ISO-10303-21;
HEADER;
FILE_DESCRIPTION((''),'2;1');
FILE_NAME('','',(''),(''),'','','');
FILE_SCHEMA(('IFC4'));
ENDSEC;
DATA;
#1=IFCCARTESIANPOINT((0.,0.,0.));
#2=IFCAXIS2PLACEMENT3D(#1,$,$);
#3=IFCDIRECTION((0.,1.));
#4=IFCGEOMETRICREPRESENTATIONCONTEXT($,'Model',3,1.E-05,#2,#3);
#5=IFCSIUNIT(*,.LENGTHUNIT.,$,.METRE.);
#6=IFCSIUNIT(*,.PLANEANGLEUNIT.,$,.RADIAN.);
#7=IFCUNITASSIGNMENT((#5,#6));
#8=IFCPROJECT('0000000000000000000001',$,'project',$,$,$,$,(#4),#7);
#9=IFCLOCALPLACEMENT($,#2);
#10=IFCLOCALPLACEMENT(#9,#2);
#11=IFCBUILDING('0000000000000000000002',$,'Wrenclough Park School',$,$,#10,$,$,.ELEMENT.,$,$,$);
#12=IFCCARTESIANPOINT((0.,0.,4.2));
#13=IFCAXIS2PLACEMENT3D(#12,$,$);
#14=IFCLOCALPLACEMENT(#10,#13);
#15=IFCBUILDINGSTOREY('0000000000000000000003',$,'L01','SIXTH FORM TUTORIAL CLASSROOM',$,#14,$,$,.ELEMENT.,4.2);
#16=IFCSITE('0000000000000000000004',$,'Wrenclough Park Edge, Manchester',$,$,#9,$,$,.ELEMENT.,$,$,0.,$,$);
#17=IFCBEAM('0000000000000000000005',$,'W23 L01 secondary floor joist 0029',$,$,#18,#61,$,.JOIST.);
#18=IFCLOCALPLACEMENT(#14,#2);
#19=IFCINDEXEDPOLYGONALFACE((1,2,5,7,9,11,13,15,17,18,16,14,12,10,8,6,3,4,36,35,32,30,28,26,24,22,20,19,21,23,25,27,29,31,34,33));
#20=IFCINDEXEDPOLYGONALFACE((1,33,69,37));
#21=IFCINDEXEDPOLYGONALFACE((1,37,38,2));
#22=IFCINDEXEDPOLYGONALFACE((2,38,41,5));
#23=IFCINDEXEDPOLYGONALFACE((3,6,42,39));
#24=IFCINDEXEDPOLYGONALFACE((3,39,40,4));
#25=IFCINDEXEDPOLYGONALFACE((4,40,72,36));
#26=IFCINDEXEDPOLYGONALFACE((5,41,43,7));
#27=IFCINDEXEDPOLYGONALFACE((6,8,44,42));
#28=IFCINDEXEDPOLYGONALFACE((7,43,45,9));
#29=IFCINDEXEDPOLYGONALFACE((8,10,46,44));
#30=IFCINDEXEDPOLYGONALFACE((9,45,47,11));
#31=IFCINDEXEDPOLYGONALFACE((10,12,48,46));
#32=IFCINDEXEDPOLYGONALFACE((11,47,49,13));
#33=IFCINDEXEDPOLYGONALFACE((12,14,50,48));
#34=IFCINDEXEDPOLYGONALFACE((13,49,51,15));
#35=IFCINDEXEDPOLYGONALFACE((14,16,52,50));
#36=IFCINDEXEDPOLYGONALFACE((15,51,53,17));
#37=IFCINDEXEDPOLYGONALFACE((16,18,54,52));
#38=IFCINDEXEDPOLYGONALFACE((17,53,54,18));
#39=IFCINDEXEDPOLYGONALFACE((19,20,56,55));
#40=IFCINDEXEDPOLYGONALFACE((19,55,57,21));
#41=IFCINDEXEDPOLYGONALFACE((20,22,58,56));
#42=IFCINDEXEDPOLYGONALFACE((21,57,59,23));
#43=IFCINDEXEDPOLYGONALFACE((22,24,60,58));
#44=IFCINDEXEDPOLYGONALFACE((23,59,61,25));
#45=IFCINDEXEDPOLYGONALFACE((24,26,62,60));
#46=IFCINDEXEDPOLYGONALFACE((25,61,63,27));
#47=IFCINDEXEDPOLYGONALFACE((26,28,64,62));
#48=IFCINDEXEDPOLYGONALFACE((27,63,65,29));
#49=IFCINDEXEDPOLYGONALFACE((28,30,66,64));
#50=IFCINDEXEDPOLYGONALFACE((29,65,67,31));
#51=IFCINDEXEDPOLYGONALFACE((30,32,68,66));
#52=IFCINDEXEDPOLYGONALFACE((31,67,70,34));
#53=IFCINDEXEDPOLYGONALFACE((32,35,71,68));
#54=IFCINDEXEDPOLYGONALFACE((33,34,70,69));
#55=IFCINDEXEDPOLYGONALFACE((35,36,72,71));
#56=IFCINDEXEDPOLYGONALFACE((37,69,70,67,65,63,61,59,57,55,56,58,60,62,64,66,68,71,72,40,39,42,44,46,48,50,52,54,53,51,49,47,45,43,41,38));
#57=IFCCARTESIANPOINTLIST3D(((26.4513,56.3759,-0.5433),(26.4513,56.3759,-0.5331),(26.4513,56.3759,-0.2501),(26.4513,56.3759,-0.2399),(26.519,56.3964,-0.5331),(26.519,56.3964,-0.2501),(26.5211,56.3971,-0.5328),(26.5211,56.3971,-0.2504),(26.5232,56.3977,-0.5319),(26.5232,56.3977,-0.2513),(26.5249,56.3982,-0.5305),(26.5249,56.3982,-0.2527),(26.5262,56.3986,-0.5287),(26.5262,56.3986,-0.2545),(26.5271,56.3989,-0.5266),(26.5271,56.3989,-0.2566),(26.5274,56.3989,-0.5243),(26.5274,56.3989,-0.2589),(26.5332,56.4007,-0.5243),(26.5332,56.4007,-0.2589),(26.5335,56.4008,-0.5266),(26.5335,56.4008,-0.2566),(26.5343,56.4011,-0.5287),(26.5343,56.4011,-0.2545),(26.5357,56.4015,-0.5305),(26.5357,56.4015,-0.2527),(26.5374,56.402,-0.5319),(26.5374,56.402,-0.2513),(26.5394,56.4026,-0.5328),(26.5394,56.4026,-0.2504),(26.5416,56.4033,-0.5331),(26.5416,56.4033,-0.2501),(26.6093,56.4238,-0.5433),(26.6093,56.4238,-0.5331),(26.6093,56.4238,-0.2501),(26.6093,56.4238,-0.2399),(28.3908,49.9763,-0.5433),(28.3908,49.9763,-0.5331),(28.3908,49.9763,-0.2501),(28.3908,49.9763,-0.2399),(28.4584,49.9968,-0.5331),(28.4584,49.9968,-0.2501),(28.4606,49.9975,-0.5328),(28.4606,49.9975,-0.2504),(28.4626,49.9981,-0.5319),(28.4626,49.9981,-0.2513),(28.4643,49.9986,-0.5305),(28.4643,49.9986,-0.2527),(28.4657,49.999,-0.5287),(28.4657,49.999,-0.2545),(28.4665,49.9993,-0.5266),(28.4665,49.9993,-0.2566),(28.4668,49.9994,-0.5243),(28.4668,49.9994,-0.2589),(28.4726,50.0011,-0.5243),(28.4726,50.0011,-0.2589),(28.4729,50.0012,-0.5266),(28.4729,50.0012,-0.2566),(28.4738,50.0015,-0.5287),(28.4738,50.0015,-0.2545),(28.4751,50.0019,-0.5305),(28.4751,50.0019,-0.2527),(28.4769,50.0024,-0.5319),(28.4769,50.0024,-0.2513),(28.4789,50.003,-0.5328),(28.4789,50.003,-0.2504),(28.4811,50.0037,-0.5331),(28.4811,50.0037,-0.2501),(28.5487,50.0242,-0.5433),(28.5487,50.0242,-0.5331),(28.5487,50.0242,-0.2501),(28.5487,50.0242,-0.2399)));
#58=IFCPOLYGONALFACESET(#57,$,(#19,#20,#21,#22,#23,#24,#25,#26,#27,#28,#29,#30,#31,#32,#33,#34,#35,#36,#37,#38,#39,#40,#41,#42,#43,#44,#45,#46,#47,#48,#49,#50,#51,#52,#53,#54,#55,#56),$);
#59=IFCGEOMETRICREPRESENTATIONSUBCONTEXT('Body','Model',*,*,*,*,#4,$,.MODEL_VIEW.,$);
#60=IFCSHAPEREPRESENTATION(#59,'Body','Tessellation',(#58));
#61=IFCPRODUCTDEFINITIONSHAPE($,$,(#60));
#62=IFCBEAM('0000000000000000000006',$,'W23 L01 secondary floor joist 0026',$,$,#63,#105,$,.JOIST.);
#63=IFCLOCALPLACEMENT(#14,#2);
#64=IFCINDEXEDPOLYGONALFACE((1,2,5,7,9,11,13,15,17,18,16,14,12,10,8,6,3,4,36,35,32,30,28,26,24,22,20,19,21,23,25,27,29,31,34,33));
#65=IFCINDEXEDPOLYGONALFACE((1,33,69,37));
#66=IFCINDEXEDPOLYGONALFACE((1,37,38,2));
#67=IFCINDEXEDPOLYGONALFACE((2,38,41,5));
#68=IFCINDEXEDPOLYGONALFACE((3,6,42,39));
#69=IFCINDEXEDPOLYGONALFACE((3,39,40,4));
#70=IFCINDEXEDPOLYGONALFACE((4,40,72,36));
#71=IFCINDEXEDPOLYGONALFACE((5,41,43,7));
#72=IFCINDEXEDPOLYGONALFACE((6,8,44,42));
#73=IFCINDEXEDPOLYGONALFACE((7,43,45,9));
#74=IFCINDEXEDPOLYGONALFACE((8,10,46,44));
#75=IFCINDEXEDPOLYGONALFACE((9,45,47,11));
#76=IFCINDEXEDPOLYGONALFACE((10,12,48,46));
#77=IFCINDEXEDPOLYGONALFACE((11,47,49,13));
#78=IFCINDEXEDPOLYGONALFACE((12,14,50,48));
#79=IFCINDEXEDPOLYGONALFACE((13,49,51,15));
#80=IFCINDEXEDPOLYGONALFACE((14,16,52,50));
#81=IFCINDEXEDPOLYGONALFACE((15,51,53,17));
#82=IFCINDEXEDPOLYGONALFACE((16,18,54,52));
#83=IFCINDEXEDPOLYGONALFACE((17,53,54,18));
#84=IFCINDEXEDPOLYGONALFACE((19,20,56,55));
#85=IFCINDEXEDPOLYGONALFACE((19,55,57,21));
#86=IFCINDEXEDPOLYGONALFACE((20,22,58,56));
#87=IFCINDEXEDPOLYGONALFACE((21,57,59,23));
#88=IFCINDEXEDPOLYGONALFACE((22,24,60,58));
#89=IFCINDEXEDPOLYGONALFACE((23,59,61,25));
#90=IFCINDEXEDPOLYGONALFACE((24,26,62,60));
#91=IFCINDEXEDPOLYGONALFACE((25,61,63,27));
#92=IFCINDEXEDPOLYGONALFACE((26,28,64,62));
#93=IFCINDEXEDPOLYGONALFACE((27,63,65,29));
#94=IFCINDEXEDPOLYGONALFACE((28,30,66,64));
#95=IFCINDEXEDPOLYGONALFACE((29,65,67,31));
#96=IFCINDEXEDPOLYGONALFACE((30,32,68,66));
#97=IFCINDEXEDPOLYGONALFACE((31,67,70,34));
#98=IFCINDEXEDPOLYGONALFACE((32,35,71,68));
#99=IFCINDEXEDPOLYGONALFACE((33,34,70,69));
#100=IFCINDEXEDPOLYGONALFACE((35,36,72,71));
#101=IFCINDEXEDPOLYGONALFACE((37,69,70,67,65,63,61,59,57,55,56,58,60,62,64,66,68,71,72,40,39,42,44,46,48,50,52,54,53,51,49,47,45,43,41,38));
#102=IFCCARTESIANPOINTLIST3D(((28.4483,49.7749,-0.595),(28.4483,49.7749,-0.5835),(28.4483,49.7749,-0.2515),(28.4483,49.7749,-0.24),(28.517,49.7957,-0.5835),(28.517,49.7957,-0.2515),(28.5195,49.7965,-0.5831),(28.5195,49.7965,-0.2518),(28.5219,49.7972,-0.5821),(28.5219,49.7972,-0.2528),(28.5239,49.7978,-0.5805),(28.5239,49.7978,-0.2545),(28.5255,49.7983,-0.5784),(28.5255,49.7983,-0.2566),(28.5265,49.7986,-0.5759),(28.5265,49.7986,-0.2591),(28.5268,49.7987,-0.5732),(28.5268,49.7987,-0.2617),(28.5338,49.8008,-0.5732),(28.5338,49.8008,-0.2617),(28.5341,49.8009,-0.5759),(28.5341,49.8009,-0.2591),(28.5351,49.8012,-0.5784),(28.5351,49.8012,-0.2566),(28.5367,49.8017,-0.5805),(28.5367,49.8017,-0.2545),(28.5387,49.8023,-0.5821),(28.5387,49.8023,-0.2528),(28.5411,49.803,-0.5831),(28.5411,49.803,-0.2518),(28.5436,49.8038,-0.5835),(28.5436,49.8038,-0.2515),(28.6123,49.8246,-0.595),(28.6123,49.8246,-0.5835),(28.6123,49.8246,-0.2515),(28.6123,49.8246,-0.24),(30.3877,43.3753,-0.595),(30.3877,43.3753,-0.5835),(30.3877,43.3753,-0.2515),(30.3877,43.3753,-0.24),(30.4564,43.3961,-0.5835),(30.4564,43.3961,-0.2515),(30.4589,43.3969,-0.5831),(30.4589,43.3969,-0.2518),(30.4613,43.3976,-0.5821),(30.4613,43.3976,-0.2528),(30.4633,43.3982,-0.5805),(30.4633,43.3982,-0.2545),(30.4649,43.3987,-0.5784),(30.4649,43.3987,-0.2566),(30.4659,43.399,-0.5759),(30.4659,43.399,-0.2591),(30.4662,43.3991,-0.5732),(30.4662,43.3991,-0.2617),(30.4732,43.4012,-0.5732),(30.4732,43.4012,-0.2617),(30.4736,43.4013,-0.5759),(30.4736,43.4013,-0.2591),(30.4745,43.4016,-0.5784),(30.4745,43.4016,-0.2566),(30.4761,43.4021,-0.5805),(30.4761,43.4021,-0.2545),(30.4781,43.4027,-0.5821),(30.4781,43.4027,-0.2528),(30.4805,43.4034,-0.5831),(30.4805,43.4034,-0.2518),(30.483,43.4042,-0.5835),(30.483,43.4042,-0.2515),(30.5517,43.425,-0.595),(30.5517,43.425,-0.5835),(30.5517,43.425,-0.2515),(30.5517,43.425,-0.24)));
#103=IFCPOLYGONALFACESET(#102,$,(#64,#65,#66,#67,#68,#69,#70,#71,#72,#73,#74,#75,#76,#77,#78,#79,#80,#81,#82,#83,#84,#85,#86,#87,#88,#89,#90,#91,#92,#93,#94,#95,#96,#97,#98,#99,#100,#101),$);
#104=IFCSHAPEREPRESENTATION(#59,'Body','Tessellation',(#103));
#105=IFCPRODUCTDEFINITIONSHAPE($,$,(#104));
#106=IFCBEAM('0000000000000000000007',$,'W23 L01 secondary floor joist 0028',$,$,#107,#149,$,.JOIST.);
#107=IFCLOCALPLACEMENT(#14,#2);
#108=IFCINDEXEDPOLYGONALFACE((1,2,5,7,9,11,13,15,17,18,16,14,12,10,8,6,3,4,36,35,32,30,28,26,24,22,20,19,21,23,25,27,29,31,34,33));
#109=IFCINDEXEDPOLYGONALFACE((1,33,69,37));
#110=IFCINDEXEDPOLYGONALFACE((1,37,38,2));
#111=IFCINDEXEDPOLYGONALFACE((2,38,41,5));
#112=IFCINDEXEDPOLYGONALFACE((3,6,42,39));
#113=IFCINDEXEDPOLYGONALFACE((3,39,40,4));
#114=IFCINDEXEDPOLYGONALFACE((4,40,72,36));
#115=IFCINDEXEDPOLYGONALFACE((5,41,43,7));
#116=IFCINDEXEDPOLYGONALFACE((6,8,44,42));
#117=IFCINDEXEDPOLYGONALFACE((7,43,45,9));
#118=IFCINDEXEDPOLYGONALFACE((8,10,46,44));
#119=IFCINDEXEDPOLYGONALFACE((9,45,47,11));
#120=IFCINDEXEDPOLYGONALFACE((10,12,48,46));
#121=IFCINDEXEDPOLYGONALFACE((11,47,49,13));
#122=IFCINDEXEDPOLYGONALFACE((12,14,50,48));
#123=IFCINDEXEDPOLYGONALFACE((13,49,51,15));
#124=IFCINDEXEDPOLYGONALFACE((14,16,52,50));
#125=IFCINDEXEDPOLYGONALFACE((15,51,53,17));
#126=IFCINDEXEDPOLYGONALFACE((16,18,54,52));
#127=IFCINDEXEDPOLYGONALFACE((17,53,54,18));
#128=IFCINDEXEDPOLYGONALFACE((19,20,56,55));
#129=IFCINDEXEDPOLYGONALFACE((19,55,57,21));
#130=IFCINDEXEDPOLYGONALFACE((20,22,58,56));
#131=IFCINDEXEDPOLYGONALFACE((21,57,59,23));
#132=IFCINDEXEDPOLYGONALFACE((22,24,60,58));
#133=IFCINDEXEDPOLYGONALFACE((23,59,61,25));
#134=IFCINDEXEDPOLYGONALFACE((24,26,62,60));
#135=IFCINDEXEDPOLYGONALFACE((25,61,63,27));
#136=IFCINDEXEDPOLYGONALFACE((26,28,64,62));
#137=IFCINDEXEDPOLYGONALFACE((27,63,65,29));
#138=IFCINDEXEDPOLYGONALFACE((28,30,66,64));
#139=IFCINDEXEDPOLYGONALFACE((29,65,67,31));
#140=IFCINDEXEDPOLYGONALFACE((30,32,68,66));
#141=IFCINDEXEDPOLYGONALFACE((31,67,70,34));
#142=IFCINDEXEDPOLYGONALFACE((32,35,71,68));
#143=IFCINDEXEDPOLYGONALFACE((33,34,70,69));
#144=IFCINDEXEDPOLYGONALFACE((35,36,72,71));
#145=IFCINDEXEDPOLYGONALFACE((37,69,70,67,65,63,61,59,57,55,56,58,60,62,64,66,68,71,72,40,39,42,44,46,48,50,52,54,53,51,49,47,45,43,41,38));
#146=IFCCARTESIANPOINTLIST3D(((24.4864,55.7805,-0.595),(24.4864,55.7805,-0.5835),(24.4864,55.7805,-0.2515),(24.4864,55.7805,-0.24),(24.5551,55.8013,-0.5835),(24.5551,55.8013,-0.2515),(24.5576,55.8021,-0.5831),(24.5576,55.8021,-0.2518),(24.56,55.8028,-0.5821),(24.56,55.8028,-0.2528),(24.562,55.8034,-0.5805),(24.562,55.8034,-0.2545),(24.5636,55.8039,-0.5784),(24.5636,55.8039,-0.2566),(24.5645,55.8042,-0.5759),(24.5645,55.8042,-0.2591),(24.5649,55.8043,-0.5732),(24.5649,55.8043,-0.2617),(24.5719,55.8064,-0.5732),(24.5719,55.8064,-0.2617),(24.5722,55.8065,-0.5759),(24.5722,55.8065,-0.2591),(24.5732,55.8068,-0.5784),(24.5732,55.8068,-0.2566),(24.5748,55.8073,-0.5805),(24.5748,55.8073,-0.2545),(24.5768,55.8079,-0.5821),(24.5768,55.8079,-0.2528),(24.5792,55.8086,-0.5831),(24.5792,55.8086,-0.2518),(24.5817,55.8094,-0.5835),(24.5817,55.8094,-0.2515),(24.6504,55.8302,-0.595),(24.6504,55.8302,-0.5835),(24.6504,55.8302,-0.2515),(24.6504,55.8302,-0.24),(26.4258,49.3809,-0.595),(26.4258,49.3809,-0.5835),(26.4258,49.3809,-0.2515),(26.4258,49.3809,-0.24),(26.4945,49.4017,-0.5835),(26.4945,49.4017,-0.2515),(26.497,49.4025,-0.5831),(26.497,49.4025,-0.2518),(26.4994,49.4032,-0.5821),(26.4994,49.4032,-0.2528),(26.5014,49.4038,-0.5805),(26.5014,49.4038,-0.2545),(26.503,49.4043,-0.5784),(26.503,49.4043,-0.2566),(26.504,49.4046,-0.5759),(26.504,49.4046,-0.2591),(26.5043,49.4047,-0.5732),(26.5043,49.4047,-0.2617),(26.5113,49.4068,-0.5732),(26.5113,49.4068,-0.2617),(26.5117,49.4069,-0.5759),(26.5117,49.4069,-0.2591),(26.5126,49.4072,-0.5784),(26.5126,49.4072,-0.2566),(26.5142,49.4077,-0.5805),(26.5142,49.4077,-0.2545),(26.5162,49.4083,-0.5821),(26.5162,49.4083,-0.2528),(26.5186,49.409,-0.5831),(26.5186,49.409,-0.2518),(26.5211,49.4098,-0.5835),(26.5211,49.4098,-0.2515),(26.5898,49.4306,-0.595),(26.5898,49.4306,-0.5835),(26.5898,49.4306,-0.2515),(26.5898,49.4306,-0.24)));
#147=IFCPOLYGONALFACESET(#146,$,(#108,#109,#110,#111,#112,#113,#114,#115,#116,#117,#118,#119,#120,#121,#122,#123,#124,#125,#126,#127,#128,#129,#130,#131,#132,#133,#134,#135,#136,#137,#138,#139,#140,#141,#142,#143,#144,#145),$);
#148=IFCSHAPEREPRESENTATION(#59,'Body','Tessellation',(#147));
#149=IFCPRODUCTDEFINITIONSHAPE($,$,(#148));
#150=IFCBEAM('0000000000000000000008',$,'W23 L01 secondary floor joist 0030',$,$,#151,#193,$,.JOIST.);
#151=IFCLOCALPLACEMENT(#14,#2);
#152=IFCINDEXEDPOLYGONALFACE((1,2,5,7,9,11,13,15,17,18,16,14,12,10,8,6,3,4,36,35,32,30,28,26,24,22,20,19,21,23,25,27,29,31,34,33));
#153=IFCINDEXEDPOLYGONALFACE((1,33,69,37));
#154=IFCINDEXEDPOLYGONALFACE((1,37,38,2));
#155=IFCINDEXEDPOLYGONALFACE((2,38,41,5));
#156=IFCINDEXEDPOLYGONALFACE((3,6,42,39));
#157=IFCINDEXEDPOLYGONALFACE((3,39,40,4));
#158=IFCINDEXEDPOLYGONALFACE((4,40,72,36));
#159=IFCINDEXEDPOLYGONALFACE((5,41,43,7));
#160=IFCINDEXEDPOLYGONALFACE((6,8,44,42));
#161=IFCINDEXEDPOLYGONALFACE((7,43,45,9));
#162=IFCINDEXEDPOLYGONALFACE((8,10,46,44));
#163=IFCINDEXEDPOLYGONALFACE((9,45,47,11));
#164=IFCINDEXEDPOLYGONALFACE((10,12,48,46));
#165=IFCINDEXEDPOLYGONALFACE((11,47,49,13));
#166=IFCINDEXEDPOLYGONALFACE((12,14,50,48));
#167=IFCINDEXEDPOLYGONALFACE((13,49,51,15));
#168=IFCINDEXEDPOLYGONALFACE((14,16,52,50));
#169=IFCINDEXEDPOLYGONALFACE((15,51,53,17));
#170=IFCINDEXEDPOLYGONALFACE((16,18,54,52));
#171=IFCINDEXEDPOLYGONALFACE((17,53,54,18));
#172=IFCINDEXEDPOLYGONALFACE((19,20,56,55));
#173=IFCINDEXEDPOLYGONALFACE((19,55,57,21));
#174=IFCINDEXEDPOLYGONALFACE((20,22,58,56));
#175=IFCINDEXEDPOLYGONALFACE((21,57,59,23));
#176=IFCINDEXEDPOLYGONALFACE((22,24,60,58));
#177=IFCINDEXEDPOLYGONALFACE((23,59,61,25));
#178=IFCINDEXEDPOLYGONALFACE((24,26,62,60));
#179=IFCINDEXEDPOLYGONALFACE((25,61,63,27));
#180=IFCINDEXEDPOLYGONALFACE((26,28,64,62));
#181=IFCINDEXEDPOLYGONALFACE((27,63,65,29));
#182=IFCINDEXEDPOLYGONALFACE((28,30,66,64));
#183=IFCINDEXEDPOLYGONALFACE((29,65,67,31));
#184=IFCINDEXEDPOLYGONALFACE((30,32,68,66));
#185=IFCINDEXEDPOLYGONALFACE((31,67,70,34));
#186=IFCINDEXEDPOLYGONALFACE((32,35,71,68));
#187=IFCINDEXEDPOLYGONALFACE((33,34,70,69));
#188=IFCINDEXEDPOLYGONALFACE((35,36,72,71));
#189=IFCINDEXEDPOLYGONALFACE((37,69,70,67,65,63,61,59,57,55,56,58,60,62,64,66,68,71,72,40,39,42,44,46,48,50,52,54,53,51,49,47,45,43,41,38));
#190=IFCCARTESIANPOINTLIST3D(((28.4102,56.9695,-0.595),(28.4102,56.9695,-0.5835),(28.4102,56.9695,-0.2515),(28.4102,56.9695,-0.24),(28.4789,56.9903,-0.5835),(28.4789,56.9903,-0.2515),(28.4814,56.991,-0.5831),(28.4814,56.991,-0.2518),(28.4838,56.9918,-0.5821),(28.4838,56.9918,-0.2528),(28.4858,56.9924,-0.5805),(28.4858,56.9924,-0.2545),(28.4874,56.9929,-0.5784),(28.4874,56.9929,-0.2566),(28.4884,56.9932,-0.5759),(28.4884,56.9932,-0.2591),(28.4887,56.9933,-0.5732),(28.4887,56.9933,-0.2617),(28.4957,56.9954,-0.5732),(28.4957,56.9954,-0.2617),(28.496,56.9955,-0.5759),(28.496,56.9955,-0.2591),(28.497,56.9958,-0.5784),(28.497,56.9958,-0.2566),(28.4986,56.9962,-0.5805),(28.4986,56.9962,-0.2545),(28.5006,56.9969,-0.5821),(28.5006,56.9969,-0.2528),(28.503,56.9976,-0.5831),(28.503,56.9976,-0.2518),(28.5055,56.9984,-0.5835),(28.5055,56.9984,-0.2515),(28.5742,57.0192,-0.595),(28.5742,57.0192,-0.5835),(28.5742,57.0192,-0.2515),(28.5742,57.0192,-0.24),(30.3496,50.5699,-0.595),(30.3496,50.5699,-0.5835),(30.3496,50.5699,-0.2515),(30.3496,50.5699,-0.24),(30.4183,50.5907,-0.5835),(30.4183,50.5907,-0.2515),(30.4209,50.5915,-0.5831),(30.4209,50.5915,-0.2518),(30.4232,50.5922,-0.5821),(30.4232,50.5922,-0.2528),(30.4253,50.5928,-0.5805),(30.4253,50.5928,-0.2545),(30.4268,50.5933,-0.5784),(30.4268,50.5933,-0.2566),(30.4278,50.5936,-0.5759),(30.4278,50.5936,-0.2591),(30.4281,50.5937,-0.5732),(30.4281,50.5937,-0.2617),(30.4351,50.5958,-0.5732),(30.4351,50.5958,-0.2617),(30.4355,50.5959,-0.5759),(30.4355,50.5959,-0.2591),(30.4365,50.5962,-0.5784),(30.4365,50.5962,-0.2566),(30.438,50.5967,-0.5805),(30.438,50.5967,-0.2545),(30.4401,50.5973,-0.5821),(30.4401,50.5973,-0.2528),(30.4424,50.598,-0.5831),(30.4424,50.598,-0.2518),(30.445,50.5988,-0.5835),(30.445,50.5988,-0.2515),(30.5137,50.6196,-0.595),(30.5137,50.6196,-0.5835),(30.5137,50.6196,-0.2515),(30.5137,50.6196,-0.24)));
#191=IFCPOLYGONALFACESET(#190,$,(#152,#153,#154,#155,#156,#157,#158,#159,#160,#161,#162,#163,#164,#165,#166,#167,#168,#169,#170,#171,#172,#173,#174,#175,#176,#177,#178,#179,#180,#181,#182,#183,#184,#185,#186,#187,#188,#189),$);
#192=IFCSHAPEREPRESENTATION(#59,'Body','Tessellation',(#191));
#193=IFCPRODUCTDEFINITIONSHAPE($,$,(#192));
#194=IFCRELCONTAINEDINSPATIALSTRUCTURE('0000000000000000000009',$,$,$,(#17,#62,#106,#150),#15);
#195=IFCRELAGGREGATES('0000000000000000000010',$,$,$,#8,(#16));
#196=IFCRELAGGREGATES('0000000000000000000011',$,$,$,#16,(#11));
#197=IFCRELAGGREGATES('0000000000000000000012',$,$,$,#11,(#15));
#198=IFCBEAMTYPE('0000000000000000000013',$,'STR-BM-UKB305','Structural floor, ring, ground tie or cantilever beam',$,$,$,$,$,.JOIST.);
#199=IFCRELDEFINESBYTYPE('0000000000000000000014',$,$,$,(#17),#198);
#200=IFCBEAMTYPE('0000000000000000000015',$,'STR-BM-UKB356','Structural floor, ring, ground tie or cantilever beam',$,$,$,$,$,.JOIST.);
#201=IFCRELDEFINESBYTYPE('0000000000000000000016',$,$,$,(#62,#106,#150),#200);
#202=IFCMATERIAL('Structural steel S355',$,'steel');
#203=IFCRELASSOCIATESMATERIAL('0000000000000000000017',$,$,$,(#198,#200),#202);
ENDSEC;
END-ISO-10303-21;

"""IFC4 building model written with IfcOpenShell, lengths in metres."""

from ifc_helpers import new_model, si_unit, direction, frame, origin, origin_2d, place, context, subcontext, project, spatial, i_section, extrude, material, material_profile, profile_set, type_object, element, save


model = new_model("IFC4")

# Units and contexts
model_context = context("Model", 3, precision=1e-05, world=origin(), true_north=direction((0.0, 1.0)))
body_context = subcontext(model_context, "Body", "Model", "MODEL_VIEW")
ifc_project = project(units=[si_unit("LENGTHUNIT", "METRE"), si_unit("PLANEANGLEUNIT", "RADIAN")], contexts=[model_context])

# Site, building, storey
site_placement = place(None, origin())
site = spatial("IfcSite", under=ifc_project, at=site_placement, Name="Wrenclough Park Edge, Manchester", CompositionType="ELEMENT", RefElevation=0.0)
building_placement = place(site_placement, origin())
building = spatial("IfcBuilding", under=site, at=building_placement, Name="Wrenclough Park School", CompositionType="ELEMENT")
storey_placement = place(building_placement, frame((0.0, 0.0, 4.2)))
storey = spatial("IfcBuildingStorey", under=building, at=storey_placement, Name="L01", Description="SIXTH FORM TUTORIAL CLASSROOM", CompositionType="ELEMENT", Elevation=4.2)

# Shared definitions
ifc_material_1 = material(Name="Structural steel S355", Category="steel")

# Beams
ifc_material_profile_1 = material_profile(ifc_material_1, i_section(OverallWidth=0.165, OverallDepth=0.3035, WebThickness=0.0061, FlangeThickness=0.0103, FilletRadius=0.0088, at=origin_2d()), Name="UKB 305x165x40")
ifc_profile_set_1 = profile_set([ifc_material_profile_1], Name="Structural steel S355")
beam_type_1 = type_object("IfcBeamType", Name="STR-BM-UKB305", Description="Structural floor, ring, ground tie or cantilever beam", PredefinedType="JOIST", material=ifc_profile_set_1)
for number, where, z_axis, x_axis, name in (
    (1, (28.4697, 50.0002, -0.3916), (-0.29003, 0.957018, 0.0), (-0.957018, -0.29003, 0.0), "W23 L01 secondary floor joist 0029"),
):
    element("IfcBeam", number, at=place(storey_placement, frame(where, z_axis=z_axis, x_axis=x_axis)), inside=storey, type_object=beam_type_1, Name=name, PredefinedType="JOIST", context=body_context, shape_type="SweptSolid", body=[
        extrude(i_section(OverallWidth=0.165, OverallDepth=0.3035, WebThickness=0.0061, FlangeThickness=0.0103, FilletRadius=0.0088, at=origin_2d()), origin(), (0.0, 0.0, 1.0), 6.687),
    ])
ifc_material_profile_2 = material_profile(ifc_material_1, i_section(OverallWidth=0.1714, OverallDepth=0.355, WebThickness=0.0073, FlangeThickness=0.0115, FilletRadius=0.0103, at=origin_2d()), Name="UKB 356x171x51")
ifc_profile_set_2 = profile_set([ifc_material_profile_2], Name="Structural steel S355")
beam_type_2 = type_object("IfcBeamType", Name="STR-BM-UKB356", Description="Structural floor, ring, ground tie or cantilever beam", PredefinedType="JOIST", material=ifc_profile_set_2)
for number, where, z_axis, x_axis, name in (
    (2, (30.4697, 43.4001, -0.4175), (-0.29003, 0.957018, 0.0), (-0.957018, -0.29003, 0.0), "W23 L01 secondary floor joist 0026"),
    (3, (26.5078, 49.4058, -0.4175), (-0.29003, 0.957018, 0.0), (-0.957018, -0.29003, 0.0), "W23 L01 secondary floor joist 0028"),
    (4, (30.4316, 50.5947, -0.4175), (-0.29003, 0.957018, 0.0), (-0.957018, -0.29003, 0.0), "W23 L01 secondary floor joist 0030"),
):
    element("IfcBeam", number, at=place(storey_placement, frame(where, z_axis=z_axis, x_axis=x_axis)), inside=storey, type_object=beam_type_2, Name=name, PredefinedType="JOIST", context=body_context, shape_type="SweptSolid", body=[
        extrude(i_section(OverallWidth=0.1714, OverallDepth=0.355, WebThickness=0.0073, FlangeThickness=0.0115, FilletRadius=0.0103, at=origin_2d()), origin(), (0.0, 0.0, 1.0), 6.687),
    ])

save(model, "model.ifc")
